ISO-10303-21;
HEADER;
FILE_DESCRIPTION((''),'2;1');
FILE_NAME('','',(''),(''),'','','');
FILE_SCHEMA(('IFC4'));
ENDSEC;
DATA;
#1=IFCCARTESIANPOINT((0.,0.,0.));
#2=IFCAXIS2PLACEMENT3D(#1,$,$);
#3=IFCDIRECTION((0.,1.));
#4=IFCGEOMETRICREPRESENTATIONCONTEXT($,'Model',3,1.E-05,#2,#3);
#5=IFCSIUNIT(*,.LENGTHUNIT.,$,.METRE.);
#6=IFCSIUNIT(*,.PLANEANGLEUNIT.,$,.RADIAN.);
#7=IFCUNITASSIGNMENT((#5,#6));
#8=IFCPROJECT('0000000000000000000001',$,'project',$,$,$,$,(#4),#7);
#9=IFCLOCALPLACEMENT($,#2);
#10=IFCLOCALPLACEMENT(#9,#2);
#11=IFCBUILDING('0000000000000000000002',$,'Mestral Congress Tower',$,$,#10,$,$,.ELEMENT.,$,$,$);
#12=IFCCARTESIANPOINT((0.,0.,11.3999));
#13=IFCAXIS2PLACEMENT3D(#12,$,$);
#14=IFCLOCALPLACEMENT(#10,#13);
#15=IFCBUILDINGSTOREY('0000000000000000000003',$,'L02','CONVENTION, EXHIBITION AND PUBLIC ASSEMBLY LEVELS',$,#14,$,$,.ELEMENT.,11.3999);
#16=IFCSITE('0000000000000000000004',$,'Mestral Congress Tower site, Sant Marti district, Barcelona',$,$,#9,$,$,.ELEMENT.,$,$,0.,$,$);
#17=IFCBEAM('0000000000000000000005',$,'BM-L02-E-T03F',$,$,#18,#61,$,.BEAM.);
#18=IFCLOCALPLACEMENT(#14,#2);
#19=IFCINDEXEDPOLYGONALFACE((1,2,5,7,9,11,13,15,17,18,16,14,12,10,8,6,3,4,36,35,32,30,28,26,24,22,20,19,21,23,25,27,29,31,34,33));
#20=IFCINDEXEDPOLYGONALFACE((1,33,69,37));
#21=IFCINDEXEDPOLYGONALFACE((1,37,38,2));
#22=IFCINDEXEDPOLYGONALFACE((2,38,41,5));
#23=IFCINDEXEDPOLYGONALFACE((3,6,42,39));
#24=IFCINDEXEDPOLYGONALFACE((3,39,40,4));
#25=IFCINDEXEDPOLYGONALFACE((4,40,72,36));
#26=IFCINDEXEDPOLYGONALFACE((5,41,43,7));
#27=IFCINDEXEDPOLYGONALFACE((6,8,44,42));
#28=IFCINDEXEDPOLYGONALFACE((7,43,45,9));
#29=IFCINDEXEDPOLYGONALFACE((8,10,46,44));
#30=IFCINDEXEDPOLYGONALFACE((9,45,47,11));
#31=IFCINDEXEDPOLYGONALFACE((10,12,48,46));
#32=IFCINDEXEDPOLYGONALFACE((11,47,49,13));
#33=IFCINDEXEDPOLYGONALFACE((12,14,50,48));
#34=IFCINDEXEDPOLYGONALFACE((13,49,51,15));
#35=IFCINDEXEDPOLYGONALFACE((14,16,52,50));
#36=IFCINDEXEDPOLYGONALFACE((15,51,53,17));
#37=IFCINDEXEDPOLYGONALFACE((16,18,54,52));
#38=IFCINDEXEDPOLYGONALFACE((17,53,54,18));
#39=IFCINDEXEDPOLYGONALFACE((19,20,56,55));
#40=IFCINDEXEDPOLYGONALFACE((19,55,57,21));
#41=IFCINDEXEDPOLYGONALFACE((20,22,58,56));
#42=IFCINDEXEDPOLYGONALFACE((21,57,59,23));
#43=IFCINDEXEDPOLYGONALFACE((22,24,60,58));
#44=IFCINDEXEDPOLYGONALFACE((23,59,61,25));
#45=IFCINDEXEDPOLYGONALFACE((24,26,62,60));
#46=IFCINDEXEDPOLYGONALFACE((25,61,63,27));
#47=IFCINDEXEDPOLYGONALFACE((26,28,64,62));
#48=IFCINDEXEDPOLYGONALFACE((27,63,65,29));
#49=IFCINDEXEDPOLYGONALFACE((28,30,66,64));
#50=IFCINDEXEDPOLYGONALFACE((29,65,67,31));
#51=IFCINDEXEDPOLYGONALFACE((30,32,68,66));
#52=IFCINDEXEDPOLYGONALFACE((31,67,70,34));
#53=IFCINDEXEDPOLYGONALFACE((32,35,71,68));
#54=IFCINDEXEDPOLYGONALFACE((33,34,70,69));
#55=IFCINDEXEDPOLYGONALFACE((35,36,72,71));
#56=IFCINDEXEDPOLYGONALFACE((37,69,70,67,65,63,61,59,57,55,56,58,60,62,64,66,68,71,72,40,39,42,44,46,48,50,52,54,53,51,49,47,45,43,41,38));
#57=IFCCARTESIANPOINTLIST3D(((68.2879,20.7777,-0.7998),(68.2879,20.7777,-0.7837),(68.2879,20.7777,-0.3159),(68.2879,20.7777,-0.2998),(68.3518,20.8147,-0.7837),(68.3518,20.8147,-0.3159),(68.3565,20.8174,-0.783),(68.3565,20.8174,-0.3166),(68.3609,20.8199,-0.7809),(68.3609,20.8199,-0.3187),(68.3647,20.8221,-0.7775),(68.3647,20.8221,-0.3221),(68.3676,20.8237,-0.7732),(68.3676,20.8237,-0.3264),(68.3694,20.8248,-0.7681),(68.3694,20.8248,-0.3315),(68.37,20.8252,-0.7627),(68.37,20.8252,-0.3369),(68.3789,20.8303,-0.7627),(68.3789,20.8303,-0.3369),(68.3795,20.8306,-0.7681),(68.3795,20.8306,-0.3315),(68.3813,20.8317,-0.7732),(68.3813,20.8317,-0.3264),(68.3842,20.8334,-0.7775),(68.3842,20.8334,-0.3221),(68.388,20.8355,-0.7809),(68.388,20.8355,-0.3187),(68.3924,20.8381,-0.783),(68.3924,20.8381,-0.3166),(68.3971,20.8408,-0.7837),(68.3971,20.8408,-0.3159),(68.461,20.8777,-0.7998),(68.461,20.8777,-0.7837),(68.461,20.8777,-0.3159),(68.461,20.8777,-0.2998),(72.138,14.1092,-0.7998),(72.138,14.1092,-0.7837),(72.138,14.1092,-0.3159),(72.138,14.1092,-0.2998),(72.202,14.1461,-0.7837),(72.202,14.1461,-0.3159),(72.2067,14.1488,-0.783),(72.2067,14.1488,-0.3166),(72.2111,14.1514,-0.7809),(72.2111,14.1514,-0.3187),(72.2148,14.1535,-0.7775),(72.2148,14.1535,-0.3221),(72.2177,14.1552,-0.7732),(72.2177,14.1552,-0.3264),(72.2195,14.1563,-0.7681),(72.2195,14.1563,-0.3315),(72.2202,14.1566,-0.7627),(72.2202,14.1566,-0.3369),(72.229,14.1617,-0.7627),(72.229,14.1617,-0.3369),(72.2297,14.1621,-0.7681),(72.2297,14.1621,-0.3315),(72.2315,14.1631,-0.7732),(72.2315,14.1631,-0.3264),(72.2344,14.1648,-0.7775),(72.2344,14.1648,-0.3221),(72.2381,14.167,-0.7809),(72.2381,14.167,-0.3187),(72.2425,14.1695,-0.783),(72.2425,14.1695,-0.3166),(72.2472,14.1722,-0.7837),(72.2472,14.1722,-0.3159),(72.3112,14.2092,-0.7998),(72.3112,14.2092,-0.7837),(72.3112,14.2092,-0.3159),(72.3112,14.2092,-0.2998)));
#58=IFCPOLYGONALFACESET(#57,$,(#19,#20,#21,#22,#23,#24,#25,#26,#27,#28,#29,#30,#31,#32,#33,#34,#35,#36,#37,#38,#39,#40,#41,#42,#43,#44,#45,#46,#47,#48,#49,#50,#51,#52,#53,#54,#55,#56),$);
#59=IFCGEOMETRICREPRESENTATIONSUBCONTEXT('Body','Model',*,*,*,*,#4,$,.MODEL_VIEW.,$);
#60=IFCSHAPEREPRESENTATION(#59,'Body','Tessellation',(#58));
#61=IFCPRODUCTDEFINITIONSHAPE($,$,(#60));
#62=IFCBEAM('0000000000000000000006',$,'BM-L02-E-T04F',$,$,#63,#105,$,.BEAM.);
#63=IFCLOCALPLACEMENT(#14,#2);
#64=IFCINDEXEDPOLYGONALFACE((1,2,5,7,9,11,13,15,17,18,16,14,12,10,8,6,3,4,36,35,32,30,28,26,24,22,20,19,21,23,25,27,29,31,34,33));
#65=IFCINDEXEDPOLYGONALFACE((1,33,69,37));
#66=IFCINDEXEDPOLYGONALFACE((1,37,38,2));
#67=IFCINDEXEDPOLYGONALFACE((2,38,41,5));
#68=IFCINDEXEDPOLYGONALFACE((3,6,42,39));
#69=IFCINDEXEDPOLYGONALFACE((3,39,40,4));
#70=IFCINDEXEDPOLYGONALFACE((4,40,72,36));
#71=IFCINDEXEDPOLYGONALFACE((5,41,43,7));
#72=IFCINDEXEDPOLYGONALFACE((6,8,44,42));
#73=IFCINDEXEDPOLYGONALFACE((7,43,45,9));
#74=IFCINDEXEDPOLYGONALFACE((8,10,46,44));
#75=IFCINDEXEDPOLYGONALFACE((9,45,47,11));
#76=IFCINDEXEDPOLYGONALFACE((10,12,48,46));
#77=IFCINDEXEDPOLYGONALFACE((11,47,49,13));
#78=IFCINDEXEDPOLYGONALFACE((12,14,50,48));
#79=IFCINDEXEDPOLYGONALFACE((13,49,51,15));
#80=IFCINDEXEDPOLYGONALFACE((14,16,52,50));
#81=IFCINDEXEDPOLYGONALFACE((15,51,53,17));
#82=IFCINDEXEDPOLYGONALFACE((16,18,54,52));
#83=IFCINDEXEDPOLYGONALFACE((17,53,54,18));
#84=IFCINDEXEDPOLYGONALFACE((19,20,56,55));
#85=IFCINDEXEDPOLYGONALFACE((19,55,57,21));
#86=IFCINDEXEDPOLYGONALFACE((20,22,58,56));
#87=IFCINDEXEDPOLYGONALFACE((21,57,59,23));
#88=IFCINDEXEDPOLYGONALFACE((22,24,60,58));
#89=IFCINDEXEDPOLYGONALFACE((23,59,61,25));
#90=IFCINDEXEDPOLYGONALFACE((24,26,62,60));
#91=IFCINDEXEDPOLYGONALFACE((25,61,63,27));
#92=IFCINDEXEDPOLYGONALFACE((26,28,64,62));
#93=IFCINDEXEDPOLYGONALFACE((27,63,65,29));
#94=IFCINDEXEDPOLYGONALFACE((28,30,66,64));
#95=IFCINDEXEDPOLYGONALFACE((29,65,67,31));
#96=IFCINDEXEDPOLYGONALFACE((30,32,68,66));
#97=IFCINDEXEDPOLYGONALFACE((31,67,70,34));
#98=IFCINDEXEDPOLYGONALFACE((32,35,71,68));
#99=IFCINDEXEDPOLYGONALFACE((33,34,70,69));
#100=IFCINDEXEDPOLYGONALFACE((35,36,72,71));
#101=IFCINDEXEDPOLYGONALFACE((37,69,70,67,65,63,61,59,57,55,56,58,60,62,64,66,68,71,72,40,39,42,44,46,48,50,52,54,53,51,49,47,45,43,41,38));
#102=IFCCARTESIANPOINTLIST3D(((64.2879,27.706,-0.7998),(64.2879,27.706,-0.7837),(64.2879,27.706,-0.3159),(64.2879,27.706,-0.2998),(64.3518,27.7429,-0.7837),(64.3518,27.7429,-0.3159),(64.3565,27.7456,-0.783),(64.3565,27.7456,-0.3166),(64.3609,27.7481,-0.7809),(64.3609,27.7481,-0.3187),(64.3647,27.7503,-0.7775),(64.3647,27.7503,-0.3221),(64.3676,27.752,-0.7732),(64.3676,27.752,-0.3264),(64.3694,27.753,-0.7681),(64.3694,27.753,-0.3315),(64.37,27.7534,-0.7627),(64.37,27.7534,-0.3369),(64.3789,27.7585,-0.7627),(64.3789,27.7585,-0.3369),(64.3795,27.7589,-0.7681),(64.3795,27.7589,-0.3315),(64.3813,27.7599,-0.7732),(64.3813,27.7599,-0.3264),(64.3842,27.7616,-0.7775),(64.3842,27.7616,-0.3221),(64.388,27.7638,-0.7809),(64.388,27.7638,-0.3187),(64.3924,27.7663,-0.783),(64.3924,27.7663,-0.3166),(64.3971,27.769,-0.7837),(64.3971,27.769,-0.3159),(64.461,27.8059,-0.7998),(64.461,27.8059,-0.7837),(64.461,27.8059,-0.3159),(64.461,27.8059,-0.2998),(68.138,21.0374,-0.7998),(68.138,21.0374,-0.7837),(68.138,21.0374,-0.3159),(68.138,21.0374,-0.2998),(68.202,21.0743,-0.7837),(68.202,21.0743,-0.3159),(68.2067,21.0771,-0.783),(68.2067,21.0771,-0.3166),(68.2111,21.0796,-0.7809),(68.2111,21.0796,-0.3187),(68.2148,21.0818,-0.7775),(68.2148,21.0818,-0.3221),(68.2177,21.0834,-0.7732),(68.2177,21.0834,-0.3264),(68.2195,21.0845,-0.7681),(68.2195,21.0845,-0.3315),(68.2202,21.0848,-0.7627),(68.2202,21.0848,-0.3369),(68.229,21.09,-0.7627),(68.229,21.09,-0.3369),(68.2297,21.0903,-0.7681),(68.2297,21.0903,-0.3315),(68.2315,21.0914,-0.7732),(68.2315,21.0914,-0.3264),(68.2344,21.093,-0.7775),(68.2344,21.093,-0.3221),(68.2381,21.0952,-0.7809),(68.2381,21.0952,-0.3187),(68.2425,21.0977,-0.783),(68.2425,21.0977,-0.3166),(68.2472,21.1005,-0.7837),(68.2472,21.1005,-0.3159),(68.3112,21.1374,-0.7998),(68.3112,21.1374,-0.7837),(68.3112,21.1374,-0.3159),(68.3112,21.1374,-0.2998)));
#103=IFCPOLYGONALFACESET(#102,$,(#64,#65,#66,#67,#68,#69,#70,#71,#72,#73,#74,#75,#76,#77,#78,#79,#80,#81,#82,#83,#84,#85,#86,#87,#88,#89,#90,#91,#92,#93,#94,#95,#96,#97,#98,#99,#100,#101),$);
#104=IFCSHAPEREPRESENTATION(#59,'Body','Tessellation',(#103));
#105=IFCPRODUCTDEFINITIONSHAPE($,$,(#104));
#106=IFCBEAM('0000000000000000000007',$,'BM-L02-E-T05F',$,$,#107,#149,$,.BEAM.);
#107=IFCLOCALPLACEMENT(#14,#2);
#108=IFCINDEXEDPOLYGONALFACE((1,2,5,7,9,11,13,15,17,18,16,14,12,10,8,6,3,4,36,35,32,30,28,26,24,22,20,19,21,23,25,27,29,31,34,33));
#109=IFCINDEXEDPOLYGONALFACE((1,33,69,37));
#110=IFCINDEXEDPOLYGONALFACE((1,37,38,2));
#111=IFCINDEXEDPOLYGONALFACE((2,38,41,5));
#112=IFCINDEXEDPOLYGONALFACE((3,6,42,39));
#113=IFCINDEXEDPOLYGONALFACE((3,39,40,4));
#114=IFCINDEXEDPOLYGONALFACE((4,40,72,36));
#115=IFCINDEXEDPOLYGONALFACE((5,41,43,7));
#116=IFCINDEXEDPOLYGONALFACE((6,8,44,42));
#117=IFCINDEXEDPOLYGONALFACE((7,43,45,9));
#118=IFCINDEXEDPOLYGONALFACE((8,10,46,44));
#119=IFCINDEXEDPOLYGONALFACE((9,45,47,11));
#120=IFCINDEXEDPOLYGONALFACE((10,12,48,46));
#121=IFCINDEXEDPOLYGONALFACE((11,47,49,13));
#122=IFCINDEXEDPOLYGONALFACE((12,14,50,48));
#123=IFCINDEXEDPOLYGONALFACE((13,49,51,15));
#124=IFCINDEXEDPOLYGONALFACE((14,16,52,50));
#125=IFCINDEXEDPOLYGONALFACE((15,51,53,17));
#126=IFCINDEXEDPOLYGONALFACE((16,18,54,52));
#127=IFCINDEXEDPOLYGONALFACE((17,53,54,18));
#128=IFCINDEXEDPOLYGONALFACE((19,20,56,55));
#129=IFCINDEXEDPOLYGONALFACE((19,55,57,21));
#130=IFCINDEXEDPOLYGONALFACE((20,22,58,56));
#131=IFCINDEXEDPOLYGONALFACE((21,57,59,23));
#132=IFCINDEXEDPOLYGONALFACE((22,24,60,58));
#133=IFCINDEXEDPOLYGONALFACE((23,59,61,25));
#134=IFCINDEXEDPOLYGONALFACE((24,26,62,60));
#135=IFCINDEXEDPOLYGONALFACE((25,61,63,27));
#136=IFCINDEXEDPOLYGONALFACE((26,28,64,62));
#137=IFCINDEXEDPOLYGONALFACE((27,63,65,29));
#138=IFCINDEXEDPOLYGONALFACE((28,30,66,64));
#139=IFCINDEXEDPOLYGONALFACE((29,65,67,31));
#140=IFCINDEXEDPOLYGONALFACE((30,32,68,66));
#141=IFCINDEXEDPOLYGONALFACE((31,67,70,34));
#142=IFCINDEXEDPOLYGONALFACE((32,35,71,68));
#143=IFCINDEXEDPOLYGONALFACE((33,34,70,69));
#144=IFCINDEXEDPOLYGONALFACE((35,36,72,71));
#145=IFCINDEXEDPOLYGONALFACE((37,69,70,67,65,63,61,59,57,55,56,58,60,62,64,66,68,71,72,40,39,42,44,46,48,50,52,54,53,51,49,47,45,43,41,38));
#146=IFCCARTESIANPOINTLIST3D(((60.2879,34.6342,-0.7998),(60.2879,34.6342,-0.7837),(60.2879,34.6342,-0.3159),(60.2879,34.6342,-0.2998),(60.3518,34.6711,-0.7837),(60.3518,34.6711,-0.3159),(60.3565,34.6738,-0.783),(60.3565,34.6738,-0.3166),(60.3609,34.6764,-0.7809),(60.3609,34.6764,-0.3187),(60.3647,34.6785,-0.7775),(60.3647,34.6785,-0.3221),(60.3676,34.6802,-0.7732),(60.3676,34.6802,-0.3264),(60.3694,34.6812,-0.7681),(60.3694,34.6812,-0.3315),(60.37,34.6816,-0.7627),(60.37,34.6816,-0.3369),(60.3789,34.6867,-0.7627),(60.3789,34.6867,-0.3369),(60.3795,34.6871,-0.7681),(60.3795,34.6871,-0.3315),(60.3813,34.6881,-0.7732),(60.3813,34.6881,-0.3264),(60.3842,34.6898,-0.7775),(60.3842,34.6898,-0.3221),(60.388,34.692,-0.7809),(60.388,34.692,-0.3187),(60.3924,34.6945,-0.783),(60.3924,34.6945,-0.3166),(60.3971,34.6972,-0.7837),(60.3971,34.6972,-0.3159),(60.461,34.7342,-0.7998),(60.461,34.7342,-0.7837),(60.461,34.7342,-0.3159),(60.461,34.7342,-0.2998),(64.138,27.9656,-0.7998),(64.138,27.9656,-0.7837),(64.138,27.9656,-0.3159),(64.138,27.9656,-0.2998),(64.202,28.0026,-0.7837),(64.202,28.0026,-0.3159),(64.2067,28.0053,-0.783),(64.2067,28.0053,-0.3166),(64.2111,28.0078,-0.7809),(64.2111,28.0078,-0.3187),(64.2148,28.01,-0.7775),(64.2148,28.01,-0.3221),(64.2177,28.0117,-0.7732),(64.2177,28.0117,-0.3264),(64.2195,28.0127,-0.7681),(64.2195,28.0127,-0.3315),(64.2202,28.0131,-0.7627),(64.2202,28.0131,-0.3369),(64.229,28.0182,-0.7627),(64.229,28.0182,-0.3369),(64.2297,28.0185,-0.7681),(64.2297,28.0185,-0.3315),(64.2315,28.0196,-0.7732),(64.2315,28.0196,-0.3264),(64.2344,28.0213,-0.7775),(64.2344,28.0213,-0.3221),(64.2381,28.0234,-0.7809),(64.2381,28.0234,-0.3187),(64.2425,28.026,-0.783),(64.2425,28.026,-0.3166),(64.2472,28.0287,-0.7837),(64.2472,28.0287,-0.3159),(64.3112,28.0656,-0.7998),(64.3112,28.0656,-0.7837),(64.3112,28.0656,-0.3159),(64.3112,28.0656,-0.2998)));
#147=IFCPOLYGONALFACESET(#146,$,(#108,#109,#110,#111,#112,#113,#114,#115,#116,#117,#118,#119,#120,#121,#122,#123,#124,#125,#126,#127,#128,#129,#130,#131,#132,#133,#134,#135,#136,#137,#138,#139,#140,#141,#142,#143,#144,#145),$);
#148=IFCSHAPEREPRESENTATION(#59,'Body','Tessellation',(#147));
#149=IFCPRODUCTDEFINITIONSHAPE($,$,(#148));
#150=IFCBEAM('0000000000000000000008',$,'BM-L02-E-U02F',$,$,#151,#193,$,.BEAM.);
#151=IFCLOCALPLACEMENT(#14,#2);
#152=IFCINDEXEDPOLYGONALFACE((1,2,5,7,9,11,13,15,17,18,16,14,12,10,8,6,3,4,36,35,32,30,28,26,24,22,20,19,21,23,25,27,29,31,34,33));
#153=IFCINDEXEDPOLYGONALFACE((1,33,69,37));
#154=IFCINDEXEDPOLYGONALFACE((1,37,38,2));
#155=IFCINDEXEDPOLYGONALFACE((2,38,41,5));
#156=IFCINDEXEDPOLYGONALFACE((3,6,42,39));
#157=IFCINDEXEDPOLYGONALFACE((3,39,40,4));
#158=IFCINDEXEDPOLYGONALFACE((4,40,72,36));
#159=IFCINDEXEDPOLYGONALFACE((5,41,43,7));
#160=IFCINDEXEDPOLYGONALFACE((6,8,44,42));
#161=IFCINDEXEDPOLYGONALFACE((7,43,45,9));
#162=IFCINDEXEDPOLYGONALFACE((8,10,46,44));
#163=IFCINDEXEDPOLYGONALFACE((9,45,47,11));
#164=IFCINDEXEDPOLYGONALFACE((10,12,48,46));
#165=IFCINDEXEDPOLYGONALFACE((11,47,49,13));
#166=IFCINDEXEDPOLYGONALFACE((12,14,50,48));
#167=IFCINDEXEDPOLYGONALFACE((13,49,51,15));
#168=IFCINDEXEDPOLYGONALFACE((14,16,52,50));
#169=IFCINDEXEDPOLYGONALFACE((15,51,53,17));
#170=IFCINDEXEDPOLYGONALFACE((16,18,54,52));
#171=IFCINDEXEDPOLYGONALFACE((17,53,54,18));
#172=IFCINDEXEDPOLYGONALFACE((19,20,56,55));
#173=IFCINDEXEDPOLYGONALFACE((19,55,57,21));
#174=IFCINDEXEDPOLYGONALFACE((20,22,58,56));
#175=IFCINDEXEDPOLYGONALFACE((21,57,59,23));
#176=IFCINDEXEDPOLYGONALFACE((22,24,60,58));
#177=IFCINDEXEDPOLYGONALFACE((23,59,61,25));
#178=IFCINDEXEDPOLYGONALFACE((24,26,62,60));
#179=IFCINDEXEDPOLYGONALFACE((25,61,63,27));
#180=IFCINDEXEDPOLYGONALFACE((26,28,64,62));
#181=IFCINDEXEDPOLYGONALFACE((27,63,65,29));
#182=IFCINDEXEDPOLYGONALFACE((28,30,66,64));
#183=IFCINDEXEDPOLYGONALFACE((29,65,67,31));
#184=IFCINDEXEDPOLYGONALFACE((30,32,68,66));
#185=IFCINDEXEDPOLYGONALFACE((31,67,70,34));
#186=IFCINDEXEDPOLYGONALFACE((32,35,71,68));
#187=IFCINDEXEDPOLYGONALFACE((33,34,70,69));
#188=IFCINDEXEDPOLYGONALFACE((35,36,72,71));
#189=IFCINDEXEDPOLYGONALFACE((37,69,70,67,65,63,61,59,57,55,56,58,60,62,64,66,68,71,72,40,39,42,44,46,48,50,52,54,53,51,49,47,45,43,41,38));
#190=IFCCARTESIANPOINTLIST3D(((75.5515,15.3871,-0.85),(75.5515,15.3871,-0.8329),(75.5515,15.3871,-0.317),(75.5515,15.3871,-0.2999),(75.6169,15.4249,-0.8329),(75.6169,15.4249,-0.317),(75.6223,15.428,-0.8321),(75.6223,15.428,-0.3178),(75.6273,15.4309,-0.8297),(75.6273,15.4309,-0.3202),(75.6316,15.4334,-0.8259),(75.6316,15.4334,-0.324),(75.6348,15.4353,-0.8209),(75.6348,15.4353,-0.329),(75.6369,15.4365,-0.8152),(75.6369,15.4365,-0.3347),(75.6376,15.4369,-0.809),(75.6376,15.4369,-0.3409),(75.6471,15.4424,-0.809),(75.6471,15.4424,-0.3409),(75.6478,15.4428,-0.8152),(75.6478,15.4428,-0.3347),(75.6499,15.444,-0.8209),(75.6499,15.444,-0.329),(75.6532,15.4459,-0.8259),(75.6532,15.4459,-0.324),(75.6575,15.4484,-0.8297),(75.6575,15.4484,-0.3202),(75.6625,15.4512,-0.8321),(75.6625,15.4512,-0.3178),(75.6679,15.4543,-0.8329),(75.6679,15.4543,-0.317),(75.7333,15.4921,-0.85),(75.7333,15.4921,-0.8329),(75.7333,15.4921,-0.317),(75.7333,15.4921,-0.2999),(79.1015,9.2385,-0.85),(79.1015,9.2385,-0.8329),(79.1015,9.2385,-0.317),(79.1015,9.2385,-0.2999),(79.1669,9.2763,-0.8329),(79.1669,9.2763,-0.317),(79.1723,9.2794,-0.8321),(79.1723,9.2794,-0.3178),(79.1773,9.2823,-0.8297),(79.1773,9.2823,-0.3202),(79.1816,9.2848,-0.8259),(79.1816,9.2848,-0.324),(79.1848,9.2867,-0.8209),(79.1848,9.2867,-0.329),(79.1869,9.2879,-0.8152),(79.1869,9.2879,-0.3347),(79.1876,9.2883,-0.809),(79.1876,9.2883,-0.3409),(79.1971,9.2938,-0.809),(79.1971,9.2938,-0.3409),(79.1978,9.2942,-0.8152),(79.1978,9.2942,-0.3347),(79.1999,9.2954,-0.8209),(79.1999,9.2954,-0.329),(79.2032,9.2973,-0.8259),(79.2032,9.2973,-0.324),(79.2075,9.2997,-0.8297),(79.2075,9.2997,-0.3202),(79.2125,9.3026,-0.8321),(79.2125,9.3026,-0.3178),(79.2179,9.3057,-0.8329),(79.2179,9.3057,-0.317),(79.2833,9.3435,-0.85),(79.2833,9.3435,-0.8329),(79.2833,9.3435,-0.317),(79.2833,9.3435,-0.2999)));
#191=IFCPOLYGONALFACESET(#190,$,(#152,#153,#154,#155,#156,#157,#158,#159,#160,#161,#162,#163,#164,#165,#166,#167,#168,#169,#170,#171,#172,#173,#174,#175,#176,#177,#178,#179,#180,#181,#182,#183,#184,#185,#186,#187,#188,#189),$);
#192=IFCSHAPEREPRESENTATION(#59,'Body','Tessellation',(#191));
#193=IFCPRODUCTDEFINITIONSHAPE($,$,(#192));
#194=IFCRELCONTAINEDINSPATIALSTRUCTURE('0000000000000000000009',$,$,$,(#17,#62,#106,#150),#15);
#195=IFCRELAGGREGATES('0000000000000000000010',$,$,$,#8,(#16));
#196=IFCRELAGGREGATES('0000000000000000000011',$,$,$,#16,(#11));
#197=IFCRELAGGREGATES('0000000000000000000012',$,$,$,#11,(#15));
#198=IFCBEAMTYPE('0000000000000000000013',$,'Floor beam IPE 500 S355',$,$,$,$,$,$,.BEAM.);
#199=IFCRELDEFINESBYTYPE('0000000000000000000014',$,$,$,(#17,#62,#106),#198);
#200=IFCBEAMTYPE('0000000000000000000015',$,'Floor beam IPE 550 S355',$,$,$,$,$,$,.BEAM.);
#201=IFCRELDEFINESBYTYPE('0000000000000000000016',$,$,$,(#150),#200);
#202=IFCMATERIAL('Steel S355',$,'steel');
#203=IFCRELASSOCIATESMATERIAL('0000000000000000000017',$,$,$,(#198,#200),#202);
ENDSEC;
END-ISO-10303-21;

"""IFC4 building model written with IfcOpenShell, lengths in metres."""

from ifc_helpers import new_model, si_unit, direction, frame, origin, origin_2d, place, context, subcontext, project, spatial, i_section, extrude, material, material_profile, profile_set, type_object, element, save


model = new_model("IFC4")

# Units and contexts
model_context = context("Model", 3, precision=1e-05, world=origin(), true_north=direction((0.0, 1.0)))
body_context = subcontext(model_context, "Body", "Model", "MODEL_VIEW")
ifc_project = project(units=[si_unit("LENGTHUNIT", "METRE"), si_unit("PLANEANGLEUNIT", "RADIAN")], contexts=[model_context])

# Site, building, storey
site_placement = place(None, origin())
site = spatial("IfcSite", under=ifc_project, at=site_placement, Name="Mestral Congress Tower site, Sant Marti district, Barcelona", CompositionType="ELEMENT", RefElevation=0.0)
building_placement = place(site_placement, origin())
building = spatial("IfcBuilding", under=site, at=building_placement, Name="Mestral Congress Tower", CompositionType="ELEMENT")
storey_placement = place(building_placement, frame((0.0, 0.0, 11.3999)))
storey = spatial("IfcBuildingStorey", under=building, at=storey_placement, Name="L02", Description="CONVENTION, EXHIBITION AND PUBLIC ASSEMBLY LEVELS", CompositionType="ELEMENT", Elevation=11.3999)

# Beams
ifc_material_1 = material(Name="Steel S355", Category="steel")
ifc_material_profile_1 = material_profile(ifc_material_1, i_section(OverallWidth=0.2, OverallDepth=0.5, WebThickness=0.0103, FlangeThickness=0.0161, FilletRadius=0.021, at=origin_2d()), Name="IPE 500")
ifc_profile_set_1 = profile_set([ifc_material_profile_1], Name="Steel S355")
beam_type_1 = type_object("IfcBeamType", Name="Floor beam IPE 500 S355", PredefinedType="BEAM", material=ifc_profile_set_1)
for number, where, z_axis, x_axis, name in (
    (1, (72.2246, 14.1592, -0.5498), (-0.500006, 0.866022, 0.0), (-0.866022, -0.500006, 0.0), "BM-L02-E-T03F"),
    (2, (68.2246, 21.0874, -0.5498), (-0.500006, 0.866022, 0.0), (-0.866022, -0.500006, 0.0), "BM-L02-E-T04F"),
    (3, (64.2246, 28.0156, -0.5498), (-0.500006, 0.866022, 0.0), (-0.866022, -0.500006, 0.0), "BM-L02-E-T05F"),
):
    element("IfcBeam", number, at=place(storey_placement, frame(where, z_axis=z_axis, x_axis=x_axis)), inside=storey, type_object=beam_type_1, Name=name, PredefinedType="BEAM", context=body_context, shape_type="SweptSolid", body=[
        extrude(i_section(OverallWidth=0.2, OverallDepth=0.5, WebThickness=0.0103, FlangeThickness=0.0161, FilletRadius=0.021, at=origin_2d()), origin(), (0.0, 0.0, 1.0), 7.7002),
    ])
ifc_material_profile_2 = material_profile(ifc_material_1, i_section(OverallWidth=0.21, OverallDepth=0.55, WebThickness=0.011, FlangeThickness=0.0171, FilletRadius=0.0239, at=origin_2d()), Name="IPE 550")
ifc_profile_set_2 = profile_set([ifc_material_profile_2], Name="Steel S355")
beam_type_2 = type_object("IfcBeamType", Name="Floor beam IPE 550 S355", PredefinedType="BEAM", material=ifc_profile_set_2)
beam_1_placement = place(storey_placement, frame((79.1924, 9.291, -0.575), z_axis=(-0.500011, 0.866019, 0.0), x_axis=(-0.866019, -0.500011, 0.0)))
element("IfcBeam", 4, at=beam_1_placement, inside=storey, type_object=beam_type_2, Name="BM-L02-E-U02F", PredefinedType="BEAM", context=body_context, shape_type="SweptSolid", body=[
    extrude(i_section(OverallWidth=0.21, OverallDepth=0.55, WebThickness=0.011, FlangeThickness=0.0171, FilletRadius=0.0239, at=origin_2d()), origin(), (0.0, 0.0, 1.0), 7.0999),
])

save(model, "model.ifc")
